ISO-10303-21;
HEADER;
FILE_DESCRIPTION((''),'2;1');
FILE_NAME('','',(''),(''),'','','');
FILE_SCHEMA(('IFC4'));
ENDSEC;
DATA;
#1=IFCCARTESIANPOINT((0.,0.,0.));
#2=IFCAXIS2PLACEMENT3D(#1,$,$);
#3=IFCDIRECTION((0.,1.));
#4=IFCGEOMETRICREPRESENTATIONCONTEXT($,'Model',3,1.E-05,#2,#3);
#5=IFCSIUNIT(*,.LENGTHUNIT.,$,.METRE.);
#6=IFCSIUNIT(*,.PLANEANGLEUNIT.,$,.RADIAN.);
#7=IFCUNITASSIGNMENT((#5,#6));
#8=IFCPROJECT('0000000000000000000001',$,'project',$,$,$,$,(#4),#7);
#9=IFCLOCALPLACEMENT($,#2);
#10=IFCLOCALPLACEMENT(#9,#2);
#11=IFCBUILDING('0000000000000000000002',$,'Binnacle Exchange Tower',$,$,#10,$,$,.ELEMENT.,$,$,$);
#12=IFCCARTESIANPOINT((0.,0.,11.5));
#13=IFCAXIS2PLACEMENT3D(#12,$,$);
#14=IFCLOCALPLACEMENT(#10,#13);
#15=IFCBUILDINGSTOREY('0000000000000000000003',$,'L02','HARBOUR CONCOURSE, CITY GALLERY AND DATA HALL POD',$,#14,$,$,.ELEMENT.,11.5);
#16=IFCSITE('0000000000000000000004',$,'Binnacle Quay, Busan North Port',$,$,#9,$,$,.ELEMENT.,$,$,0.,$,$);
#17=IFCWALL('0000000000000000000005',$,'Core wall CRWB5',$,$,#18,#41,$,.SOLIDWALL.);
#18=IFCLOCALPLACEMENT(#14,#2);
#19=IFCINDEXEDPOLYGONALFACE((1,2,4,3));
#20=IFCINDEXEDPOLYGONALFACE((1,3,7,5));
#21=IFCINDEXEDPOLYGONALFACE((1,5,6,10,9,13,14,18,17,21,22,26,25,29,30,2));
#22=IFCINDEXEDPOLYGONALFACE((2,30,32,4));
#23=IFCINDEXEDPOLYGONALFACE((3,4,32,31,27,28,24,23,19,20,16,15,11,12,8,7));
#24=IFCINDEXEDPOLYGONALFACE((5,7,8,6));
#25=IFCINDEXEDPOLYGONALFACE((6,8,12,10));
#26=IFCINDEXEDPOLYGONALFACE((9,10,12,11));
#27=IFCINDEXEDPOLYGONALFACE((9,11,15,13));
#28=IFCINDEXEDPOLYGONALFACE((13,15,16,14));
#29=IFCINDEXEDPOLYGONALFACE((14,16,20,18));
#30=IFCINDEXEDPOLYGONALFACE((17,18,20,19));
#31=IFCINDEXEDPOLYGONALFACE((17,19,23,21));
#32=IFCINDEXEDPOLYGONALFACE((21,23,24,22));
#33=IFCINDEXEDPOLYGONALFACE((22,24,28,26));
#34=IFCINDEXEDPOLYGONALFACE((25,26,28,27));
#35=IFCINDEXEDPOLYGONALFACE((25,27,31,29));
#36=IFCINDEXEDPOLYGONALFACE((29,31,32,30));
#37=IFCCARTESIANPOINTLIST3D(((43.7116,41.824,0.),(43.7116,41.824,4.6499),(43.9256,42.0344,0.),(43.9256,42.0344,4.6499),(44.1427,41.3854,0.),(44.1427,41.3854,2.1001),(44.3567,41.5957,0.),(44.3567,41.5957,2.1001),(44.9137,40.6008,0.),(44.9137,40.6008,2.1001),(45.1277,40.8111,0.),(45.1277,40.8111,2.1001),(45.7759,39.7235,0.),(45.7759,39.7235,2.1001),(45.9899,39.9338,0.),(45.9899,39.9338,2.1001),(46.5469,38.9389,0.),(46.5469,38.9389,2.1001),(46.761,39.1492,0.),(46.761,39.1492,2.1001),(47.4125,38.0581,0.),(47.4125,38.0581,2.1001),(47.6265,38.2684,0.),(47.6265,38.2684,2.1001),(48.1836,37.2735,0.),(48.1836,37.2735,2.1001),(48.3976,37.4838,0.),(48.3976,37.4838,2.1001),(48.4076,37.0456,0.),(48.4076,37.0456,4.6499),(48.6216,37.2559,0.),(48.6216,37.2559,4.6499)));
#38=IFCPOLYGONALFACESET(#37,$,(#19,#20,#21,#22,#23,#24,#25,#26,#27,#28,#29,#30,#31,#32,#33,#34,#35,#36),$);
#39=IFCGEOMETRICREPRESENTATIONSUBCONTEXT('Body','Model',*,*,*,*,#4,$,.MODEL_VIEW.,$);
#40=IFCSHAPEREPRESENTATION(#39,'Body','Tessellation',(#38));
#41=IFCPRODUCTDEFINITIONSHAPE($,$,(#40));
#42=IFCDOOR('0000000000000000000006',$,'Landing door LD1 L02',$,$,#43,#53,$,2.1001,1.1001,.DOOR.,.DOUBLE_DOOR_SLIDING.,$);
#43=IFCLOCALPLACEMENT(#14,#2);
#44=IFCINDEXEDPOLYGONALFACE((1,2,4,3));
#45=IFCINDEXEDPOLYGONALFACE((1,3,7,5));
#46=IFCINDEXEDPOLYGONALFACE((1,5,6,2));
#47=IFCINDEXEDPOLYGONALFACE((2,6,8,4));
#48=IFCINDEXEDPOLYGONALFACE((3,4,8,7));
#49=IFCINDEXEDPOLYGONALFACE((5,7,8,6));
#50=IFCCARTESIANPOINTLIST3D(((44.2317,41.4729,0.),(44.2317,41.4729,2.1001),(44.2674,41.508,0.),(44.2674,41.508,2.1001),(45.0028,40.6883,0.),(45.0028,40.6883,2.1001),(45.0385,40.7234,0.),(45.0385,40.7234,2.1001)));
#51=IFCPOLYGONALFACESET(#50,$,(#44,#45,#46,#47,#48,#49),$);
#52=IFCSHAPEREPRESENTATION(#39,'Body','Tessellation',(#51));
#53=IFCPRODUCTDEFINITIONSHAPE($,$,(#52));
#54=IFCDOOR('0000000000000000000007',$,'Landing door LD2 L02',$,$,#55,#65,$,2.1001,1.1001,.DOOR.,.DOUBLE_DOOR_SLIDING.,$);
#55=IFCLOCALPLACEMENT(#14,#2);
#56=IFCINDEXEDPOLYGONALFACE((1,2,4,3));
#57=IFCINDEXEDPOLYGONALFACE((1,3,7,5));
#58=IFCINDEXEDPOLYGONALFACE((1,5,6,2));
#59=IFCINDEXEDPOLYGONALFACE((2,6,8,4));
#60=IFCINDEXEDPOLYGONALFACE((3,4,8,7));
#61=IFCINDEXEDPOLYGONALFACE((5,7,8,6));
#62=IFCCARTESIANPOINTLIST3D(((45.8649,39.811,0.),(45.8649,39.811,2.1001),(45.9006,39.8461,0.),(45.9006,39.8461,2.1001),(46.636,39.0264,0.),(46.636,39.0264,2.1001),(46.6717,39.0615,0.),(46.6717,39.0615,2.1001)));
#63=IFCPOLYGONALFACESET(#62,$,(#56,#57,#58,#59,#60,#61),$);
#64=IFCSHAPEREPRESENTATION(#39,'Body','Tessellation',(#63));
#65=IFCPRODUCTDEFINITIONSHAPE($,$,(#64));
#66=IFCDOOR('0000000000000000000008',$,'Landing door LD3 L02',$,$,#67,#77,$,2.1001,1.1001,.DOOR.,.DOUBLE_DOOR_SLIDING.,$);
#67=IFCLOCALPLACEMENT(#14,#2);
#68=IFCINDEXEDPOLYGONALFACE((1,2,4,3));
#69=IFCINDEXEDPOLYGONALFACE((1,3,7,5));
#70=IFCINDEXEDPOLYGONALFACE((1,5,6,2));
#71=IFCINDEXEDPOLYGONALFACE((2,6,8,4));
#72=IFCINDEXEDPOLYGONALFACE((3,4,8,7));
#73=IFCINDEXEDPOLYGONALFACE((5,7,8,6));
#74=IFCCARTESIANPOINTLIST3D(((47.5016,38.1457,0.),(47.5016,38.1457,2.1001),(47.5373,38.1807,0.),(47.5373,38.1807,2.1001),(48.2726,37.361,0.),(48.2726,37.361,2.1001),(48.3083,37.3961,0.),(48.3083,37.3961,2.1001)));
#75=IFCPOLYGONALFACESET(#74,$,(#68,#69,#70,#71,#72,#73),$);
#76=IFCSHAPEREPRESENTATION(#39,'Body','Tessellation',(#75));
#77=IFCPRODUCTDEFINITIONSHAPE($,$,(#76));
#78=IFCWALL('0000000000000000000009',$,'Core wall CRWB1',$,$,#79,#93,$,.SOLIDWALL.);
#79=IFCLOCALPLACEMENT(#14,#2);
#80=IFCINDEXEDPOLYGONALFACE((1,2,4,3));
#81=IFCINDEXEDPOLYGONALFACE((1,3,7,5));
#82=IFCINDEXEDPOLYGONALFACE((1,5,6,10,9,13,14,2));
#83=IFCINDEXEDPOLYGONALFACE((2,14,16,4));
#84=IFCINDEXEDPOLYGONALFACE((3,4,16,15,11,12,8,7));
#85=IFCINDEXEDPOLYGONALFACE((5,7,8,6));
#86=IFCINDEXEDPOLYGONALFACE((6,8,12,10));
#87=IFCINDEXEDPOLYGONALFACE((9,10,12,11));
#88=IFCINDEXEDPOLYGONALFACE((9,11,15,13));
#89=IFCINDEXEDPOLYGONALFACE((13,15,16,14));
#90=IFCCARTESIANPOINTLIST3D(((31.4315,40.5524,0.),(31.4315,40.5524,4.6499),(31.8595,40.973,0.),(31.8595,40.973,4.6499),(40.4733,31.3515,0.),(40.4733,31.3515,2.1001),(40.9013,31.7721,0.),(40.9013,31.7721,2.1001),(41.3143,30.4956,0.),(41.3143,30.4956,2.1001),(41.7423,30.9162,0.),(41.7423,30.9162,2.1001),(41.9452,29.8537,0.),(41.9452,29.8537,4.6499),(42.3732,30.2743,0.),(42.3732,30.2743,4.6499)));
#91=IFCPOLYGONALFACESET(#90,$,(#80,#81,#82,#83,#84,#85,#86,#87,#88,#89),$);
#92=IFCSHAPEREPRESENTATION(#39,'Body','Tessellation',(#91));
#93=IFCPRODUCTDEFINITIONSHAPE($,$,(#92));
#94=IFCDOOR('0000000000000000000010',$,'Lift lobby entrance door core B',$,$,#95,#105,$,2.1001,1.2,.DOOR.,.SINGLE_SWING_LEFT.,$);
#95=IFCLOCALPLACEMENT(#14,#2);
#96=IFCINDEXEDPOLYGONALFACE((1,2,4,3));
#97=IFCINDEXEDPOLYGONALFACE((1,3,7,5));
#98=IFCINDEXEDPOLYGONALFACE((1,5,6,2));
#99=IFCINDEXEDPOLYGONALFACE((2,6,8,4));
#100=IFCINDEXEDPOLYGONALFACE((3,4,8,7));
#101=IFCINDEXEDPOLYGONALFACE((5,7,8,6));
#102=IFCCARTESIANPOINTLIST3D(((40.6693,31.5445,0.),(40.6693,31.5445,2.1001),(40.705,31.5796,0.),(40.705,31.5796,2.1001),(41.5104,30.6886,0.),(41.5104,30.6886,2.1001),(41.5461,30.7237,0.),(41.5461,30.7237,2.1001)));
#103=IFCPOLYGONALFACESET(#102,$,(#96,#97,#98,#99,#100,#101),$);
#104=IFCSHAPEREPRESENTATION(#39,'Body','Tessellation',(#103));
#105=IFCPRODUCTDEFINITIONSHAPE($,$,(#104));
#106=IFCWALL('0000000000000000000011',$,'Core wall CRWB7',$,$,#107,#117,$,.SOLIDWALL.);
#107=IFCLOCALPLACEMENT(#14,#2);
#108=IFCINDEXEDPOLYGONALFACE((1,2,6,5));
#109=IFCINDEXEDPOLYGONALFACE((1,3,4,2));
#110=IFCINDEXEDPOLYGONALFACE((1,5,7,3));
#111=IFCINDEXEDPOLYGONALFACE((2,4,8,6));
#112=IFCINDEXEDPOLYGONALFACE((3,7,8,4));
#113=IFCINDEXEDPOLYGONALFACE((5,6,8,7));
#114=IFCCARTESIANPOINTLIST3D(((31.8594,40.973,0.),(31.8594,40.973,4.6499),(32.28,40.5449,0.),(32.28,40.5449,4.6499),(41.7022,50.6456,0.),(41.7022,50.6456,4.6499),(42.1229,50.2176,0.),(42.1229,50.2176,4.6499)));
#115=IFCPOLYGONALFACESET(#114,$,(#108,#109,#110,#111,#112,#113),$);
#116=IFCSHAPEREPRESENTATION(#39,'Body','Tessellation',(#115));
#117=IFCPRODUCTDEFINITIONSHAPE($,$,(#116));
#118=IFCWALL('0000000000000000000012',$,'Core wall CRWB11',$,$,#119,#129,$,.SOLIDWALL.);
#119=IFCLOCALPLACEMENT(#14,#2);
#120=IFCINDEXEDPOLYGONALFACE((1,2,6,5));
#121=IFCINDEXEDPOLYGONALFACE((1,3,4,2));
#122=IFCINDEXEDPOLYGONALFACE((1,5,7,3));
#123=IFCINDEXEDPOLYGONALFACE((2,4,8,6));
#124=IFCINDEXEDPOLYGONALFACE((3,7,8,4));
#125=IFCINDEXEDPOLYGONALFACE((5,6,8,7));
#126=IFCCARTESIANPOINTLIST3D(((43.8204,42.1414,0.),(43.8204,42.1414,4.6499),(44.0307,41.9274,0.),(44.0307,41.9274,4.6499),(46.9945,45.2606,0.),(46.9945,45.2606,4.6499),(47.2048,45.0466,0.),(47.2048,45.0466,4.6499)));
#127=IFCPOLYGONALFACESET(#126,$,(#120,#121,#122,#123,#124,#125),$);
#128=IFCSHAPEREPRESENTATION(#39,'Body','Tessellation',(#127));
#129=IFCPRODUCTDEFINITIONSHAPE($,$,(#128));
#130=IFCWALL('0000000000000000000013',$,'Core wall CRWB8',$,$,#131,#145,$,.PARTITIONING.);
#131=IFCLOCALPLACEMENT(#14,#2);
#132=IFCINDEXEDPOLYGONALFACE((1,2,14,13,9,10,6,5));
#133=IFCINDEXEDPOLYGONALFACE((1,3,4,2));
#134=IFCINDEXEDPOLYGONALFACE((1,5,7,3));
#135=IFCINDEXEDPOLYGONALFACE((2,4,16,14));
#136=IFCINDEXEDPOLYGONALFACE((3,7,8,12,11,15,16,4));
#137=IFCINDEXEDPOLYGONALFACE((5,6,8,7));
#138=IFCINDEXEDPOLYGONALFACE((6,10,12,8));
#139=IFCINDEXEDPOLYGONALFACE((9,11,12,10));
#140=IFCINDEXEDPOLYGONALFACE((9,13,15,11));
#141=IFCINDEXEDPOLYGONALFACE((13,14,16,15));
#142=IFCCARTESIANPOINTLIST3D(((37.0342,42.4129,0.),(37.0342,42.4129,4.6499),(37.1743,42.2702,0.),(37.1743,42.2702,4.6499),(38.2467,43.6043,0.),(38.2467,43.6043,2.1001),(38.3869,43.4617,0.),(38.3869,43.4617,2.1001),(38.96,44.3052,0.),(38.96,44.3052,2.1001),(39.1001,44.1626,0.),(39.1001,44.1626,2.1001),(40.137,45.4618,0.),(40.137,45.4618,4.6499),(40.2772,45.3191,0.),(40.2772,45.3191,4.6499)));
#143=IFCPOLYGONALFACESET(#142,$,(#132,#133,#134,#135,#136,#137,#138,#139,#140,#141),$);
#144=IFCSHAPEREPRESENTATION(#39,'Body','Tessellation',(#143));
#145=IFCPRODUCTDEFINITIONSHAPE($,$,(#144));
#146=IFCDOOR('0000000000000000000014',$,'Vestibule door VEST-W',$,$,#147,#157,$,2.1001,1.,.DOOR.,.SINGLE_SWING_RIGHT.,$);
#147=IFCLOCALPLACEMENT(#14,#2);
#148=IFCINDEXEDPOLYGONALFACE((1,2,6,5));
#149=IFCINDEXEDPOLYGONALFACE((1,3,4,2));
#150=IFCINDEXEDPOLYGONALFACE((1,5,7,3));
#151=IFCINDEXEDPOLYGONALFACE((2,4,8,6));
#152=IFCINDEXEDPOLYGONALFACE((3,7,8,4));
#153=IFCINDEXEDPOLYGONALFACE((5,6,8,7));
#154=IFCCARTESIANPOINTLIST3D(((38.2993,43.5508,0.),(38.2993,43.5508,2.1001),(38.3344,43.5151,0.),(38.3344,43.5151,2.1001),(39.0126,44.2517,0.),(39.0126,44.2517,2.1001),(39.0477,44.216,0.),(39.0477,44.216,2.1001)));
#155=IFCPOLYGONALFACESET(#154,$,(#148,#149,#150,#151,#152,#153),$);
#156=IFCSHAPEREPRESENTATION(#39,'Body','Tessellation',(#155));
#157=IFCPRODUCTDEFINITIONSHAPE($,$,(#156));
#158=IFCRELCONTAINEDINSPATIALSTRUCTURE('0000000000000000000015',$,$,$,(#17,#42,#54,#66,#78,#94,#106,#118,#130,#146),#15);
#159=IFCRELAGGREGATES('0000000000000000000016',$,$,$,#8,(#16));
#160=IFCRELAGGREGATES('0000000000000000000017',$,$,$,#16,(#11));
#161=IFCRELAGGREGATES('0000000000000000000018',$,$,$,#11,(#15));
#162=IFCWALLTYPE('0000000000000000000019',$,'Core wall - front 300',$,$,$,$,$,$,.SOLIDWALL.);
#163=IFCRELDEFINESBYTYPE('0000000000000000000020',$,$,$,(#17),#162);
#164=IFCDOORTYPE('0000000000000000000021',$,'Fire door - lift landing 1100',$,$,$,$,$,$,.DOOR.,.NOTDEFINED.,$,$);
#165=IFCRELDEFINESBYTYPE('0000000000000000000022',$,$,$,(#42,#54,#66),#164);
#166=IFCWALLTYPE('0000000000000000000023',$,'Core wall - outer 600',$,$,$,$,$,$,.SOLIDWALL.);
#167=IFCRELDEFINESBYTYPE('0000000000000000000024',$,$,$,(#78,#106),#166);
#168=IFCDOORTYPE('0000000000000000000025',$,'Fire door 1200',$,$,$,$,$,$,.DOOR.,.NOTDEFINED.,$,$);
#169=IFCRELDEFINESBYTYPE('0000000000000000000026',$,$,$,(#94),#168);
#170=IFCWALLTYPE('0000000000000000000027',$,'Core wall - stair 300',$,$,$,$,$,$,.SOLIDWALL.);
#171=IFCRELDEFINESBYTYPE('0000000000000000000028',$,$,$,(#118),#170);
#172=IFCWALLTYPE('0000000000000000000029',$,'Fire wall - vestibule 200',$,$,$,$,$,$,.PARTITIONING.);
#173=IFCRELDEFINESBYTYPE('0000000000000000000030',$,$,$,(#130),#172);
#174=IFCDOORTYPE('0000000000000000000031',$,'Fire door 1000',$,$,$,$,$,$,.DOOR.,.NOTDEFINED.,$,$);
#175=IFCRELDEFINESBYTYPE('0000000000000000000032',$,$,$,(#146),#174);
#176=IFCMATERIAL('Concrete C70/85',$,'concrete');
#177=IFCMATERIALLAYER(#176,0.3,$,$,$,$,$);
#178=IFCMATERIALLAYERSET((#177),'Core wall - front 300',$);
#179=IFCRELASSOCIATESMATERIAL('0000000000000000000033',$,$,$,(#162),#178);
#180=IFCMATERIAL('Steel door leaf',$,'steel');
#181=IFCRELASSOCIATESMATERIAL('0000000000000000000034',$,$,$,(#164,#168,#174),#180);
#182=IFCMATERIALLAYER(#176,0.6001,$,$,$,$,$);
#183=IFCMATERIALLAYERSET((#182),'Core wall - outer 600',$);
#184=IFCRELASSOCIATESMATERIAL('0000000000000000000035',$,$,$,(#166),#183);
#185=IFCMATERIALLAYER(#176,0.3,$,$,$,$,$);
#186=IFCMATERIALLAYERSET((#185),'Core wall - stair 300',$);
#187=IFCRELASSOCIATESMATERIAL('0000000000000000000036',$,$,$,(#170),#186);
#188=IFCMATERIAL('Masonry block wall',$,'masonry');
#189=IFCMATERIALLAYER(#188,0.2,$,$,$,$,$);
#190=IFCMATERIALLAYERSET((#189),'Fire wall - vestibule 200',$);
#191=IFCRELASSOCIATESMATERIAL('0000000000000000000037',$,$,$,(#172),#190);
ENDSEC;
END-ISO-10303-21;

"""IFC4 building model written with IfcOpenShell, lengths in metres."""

from ifc_helpers import new_model, si_unit, direction, frame, frame_2d, origin, place, context, subcontext, project, spatial, rectangle, extrude, material, layer, layer_set, type_object, element, fill, save


model = new_model("IFC4")

# Units and contexts
model_context = context("Model", 3, precision=1e-05, world=origin(), true_north=direction((0.0, 1.0)))
body_context = subcontext(model_context, "Body", "Model", "MODEL_VIEW")
ifc_project = project(units=[si_unit("LENGTHUNIT", "METRE"), si_unit("PLANEANGLEUNIT", "RADIAN")], contexts=[model_context])

# Site, building, storey
site_placement = place(None, origin())
site = spatial("IfcSite", under=ifc_project, at=site_placement, Name="Binnacle Quay, Busan North Port", CompositionType="ELEMENT", RefElevation=0.0)
building_placement = place(site_placement, origin())
building = spatial("IfcBuilding", under=site, at=building_placement, Name="Binnacle Exchange Tower", CompositionType="ELEMENT")
storey_placement = place(building_placement, frame((0.0, 0.0, 11.5)))
storey = spatial("IfcBuildingStorey", under=building, at=storey_placement, Name="L02", Description="HARBOUR CONCOURSE, CITY GALLERY AND DATA HALL POD", CompositionType="ELEMENT", Elevation=11.5)

# Wall, openings, doors
ifc_material_1 = material(Name="Concrete C70/85", Category="concrete")
ifc_layer_1 = layer(ifc_material_1, 0.3)
ifc_layer_set_1 = layer_set([ifc_layer_1], Name="Core wall - front 300")
wall_type_1 = type_object("IfcWallType", Name="Core wall - front 300", PredefinedType="SOLIDWALL", material=ifc_layer_set_1)
ifc_material_2 = material(Name="Steel door leaf", Category="steel")
door_type_1 = type_object("IfcDoorType", Name="Fire door - lift landing 1100", OperationType="NOTDEFINED", PredefinedType="DOOR", material=ifc_material_2)
wall_1_placement = place(storey_placement, frame((43.8186, 41.9292, 0.0), z_axis=(0.0, 0.0, 1.0), x_axis=(0.700922, -0.713238, 0.0)))
wall_1 = element("IfcWall", 1, at=wall_1_placement, inside=storey, type_object=wall_type_1, Name="Core wall CRWB5", PredefinedType="SOLIDWALL", context=body_context, shape_type="SweptSolid", body=[
    extrude(rectangle(XDim=6.6997, YDim=0.3, at=frame_2d((3.3499, 0.0))), origin(), (0.0, 0.0, 1.0), 4.6499),
])
opening_1_placement = place(wall_1_placement, frame((0.615, 0.0, 0.0)))
opening_1 = element("IfcOpeningElement", 2, at=opening_1_placement, cuts=wall_1, PredefinedType="OPENING", context=body_context, shape_type="SweptSolid", body=[
    extrude(rectangle(XDim=1.1001, YDim=2.1001, at=frame_2d((0.55, 1.05))), frame((0.0, 0.1599, 0.0), z_axis=(0.0, -1.0, 0.0), x_axis=(1.0, 0.0, 0.0)), (0.0, 0.0, 1.0), 0.3201),
])
opening_2_placement = place(wall_1_placement, frame((2.9451, 0.0, 0.0)))
opening_2 = element("IfcOpeningElement", 3, at=opening_2_placement, cuts=wall_1, PredefinedType="OPENING", context=body_context, shape_type="SweptSolid", body=[
    extrude(rectangle(XDim=1.1001, YDim=2.1001, at=frame_2d((0.55, 1.05))), frame((0.0, 0.1599, 0.0), z_axis=(0.0, -1.0, 0.0), x_axis=(1.0, 0.0, 0.0)), (0.0, 0.0, 1.0), 0.3201),
])
opening_3_placement = place(wall_1_placement, frame((5.28, 0.0, 0.0)))
opening_3 = element("IfcOpeningElement", 4, at=opening_3_placement, cuts=wall_1, PredefinedType="OPENING", context=body_context, shape_type="SweptSolid", body=[
    extrude(rectangle(XDim=1.1001, YDim=2.1001, at=frame_2d((0.55, 1.05))), frame((0.0, 0.1599, 0.0), z_axis=(0.0, -1.0, 0.0), x_axis=(1.0, 0.0, 0.0)), (0.0, 0.0, 1.0), 0.3201),
])
door_1_placement = place(opening_1_placement, origin())
door_1 = element("IfcDoor", 5, at=door_1_placement, inside=storey, type_object=door_type_1, Name="Landing door LD1 L02", OperationType="DOUBLE_DOOR_SLIDING", OverallHeight=2.1001, OverallWidth=1.1001, PredefinedType="DOOR", context=body_context, shape_type="SweptSolid", body=[
    extrude(rectangle(XDim=1.1001, YDim=2.1001, at=frame_2d((0.55, 1.05))), frame((0.0, 0.0249, 0.0), z_axis=(0.0, -1.0, 0.0), x_axis=(1.0, 0.0, 0.0)), (0.0, 0.0, 1.0), 0.05),
])
fill(opening_1, door_1)
door_2_placement = place(opening_2_placement, origin())
door_2 = element("IfcDoor", 6, at=door_2_placement, inside=storey, type_object=door_type_1, Name="Landing door LD2 L02", OperationType="DOUBLE_DOOR_SLIDING", OverallHeight=2.1001, OverallWidth=1.1001, PredefinedType="DOOR", context=body_context, shape_type="SweptSolid", body=[
    extrude(rectangle(XDim=1.1001, YDim=2.1001, at=frame_2d((0.55, 1.05))), frame((0.0, 0.0249, 0.0), z_axis=(0.0, -1.0, 0.0), x_axis=(1.0, 0.0, 0.0)), (0.0, 0.0, 1.0), 0.05),
])
fill(opening_2, door_2)
door_3_placement = place(opening_3_placement, origin())
door_3 = element("IfcDoor", 7, at=door_3_placement, inside=storey, type_object=door_type_1, Name="Landing door LD3 L02", OperationType="DOUBLE_DOOR_SLIDING", OverallHeight=2.1001, OverallWidth=1.1001, PredefinedType="DOOR", context=body_context, shape_type="SweptSolid", body=[
    extrude(rectangle(XDim=1.1001, YDim=2.1001, at=frame_2d((0.55, 1.05))), frame((0.0, 0.0249, 0.0), z_axis=(0.0, -1.0, 0.0), x_axis=(1.0, 0.0, 0.0)), (0.0, 0.0, 1.0), 0.05),
])
fill(opening_3, door_3)

# Wall, opening, door
ifc_layer_2 = layer(ifc_material_1, 0.6001)
ifc_layer_set_2 = layer_set([ifc_layer_2], Name="Core wall - outer 600")
wall_type_2 = type_object("IfcWallType", Name="Core wall - outer 600", PredefinedType="SOLIDWALL", material=ifc_layer_set_2)
wall_2_placement = place(storey_placement, frame((31.6455, 40.7627, 0.0), z_axis=(0.0, 0.0, 1.0), x_axis=(0.700911, -0.713248, 0.0)))
wall_2 = element("IfcWall", 8, at=wall_2_placement, inside=storey, type_object=wall_type_2, Name="Core wall CRWB1", PredefinedType="SOLIDWALL", context=body_context, shape_type="SweptSolid", body=[
    extrude(rectangle(XDim=15.0, YDim=0.6001, at=frame_2d((7.5, 0.0))), origin(), (0.0, 0.0, 1.0), 4.6499),
])
opening_4_placement = place(wall_2_placement, frame((12.8999, 0.0, 0.0)))
opening_4 = element("IfcOpeningElement", 9, at=opening_4_placement, cuts=wall_2, PredefinedType="OPENING", context=body_context, shape_type="SweptSolid", body=[
    extrude(rectangle(XDim=1.2, YDim=2.1001, at=frame_2d((0.6001, 1.05))), frame((0.0, 0.3101, 0.0), z_axis=(0.0, -1.0, 0.0), x_axis=(1.0, 0.0, 0.0)), (0.0, 0.0, 1.0), 0.6201),
])
door_type_2 = type_object("IfcDoorType", Name="Fire door 1200", OperationType="NOTDEFINED", PredefinedType="DOOR", material=ifc_material_2)
door_4_placement = place(opening_4_placement, frame((1.2, 0.0, 0.0), z_axis=(0.0, 0.0, 1.0), x_axis=(-1.0, 0.0, 0.0)))
door_4 = element("IfcDoor", 10, at=door_4_placement, inside=storey, type_object=door_type_2, Name="Lift lobby entrance door core B", OperationType="SINGLE_SWING_LEFT", OverallHeight=2.1001, OverallWidth=1.2, PredefinedType="DOOR", context=body_context, shape_type="SweptSolid", body=[
    extrude(rectangle(XDim=1.2, YDim=2.1001, at=frame_2d((0.6001, 1.05))), frame((0.0, 0.0249, 0.0), z_axis=(0.0, -1.0, 0.0), x_axis=(1.0, 0.0, 0.0)), (0.0, 0.0, 1.0), 0.05),
])
fill(opening_4, door_4)

# Walls
wall_3_placement = place(storey_placement, frame((32.0698, 40.759, 0.0), z_axis=(0.0, 0.0, 1.0), x_axis=(0.713245, 0.700914, 0.0)))
element("IfcWall", 11, at=wall_3_placement, inside=storey, type_object=wall_type_2, Name="Core wall CRWB7", PredefinedType="SOLIDWALL", context=body_context, shape_type="SweptSolid", body=[
    extrude(rectangle(XDim=13.8, YDim=0.6001, at=frame_2d((6.8999, 0.0))), origin(), (0.0, 0.0, 1.0), 4.6499),
])
ifc_layer_3 = layer(ifc_material_1, 0.3)
ifc_layer_set_3 = layer_set([ifc_layer_3], Name="Core wall - stair 300")
wall_type_3 = type_object("IfcWallType", Name="Core wall - stair 300", PredefinedType="SOLIDWALL", material=ifc_layer_set_3)
wall_4_placement = place(storey_placement, frame((43.9255, 42.0344, 0.0), z_axis=(0.0, 0.0, 1.0), x_axis=(0.713252, 0.700908, 0.0)))
element("IfcWall", 12, at=wall_4_placement, inside=storey, type_object=wall_type_3, Name="Core wall CRWB11", PredefinedType="SOLIDWALL", context=body_context, shape_type="SweptSolid", body=[
    extrude(rectangle(XDim=4.4502, YDim=0.3, at=frame_2d((2.2251, 0.0))), origin(), (0.0, 0.0, 1.0), 4.6499),
])

# Wall, opening, door
ifc_material_3 = material(Name="Masonry block wall", Category="masonry")
ifc_layer_4 = layer(ifc_material_3, 0.2)
ifc_layer_set_4 = layer_set([ifc_layer_4], Name="Fire wall - vestibule 200")
wall_type_4 = type_object("IfcWallType", Name="Fire wall - vestibule 200", PredefinedType="PARTITIONING", material=ifc_layer_set_4)
wall_5_placement = place(storey_placement, frame((37.1042, 42.3416, 0.0), z_axis=(0.0, 0.0, 1.0), x_axis=(0.713281, 0.700878, 0.0)))
wall_5 = element("IfcWall", 13, at=wall_5_placement, inside=storey, type_object=wall_type_4, Name="Core wall CRWB8", PredefinedType="PARTITIONING", context=body_context, shape_type="SweptSolid", body=[
    extrude(rectangle(XDim=4.3501, YDim=0.2, at=frame_2d((2.175, 0.0))), origin(), (0.0, 0.0, 1.0), 4.6499),
])
opening_5_placement = place(wall_5_placement, frame((1.7, 0.0, 0.0)))
opening_5 = element("IfcOpeningElement", 14, at=opening_5_placement, cuts=wall_5, PredefinedType="OPENING", context=body_context, shape_type="SweptSolid", body=[
    extrude(rectangle(XDim=1.0, YDim=2.1001, at=frame_2d((0.5, 1.05))), frame((0.0, 0.1099, 0.0), z_axis=(0.0, -1.0, 0.0), x_axis=(1.0, 0.0, 0.0)), (0.0, 0.0, 1.0), 0.22),
])
door_type_3 = type_object("IfcDoorType", Name="Fire door 1000", OperationType="NOTDEFINED", PredefinedType="DOOR", material=ifc_material_2)
door_5_placement = place(opening_5_placement, origin())
door_5 = element("IfcDoor", 15, at=door_5_placement, inside=storey, type_object=door_type_3, Name="Vestibule door VEST-W", OperationType="SINGLE_SWING_RIGHT", OverallHeight=2.1001, OverallWidth=1.0, PredefinedType="DOOR", context=body_context, shape_type="SweptSolid", body=[
    extrude(rectangle(XDim=1.0, YDim=2.1001, at=frame_2d((0.5, 1.05))), frame((0.0, 0.0249, 0.0), z_axis=(0.0, -1.0, 0.0), x_axis=(1.0, 0.0, 0.0)), (0.0, 0.0, 1.0), 0.05),
])
fill(opening_5, door_5)

save(model, "model.ifc")
